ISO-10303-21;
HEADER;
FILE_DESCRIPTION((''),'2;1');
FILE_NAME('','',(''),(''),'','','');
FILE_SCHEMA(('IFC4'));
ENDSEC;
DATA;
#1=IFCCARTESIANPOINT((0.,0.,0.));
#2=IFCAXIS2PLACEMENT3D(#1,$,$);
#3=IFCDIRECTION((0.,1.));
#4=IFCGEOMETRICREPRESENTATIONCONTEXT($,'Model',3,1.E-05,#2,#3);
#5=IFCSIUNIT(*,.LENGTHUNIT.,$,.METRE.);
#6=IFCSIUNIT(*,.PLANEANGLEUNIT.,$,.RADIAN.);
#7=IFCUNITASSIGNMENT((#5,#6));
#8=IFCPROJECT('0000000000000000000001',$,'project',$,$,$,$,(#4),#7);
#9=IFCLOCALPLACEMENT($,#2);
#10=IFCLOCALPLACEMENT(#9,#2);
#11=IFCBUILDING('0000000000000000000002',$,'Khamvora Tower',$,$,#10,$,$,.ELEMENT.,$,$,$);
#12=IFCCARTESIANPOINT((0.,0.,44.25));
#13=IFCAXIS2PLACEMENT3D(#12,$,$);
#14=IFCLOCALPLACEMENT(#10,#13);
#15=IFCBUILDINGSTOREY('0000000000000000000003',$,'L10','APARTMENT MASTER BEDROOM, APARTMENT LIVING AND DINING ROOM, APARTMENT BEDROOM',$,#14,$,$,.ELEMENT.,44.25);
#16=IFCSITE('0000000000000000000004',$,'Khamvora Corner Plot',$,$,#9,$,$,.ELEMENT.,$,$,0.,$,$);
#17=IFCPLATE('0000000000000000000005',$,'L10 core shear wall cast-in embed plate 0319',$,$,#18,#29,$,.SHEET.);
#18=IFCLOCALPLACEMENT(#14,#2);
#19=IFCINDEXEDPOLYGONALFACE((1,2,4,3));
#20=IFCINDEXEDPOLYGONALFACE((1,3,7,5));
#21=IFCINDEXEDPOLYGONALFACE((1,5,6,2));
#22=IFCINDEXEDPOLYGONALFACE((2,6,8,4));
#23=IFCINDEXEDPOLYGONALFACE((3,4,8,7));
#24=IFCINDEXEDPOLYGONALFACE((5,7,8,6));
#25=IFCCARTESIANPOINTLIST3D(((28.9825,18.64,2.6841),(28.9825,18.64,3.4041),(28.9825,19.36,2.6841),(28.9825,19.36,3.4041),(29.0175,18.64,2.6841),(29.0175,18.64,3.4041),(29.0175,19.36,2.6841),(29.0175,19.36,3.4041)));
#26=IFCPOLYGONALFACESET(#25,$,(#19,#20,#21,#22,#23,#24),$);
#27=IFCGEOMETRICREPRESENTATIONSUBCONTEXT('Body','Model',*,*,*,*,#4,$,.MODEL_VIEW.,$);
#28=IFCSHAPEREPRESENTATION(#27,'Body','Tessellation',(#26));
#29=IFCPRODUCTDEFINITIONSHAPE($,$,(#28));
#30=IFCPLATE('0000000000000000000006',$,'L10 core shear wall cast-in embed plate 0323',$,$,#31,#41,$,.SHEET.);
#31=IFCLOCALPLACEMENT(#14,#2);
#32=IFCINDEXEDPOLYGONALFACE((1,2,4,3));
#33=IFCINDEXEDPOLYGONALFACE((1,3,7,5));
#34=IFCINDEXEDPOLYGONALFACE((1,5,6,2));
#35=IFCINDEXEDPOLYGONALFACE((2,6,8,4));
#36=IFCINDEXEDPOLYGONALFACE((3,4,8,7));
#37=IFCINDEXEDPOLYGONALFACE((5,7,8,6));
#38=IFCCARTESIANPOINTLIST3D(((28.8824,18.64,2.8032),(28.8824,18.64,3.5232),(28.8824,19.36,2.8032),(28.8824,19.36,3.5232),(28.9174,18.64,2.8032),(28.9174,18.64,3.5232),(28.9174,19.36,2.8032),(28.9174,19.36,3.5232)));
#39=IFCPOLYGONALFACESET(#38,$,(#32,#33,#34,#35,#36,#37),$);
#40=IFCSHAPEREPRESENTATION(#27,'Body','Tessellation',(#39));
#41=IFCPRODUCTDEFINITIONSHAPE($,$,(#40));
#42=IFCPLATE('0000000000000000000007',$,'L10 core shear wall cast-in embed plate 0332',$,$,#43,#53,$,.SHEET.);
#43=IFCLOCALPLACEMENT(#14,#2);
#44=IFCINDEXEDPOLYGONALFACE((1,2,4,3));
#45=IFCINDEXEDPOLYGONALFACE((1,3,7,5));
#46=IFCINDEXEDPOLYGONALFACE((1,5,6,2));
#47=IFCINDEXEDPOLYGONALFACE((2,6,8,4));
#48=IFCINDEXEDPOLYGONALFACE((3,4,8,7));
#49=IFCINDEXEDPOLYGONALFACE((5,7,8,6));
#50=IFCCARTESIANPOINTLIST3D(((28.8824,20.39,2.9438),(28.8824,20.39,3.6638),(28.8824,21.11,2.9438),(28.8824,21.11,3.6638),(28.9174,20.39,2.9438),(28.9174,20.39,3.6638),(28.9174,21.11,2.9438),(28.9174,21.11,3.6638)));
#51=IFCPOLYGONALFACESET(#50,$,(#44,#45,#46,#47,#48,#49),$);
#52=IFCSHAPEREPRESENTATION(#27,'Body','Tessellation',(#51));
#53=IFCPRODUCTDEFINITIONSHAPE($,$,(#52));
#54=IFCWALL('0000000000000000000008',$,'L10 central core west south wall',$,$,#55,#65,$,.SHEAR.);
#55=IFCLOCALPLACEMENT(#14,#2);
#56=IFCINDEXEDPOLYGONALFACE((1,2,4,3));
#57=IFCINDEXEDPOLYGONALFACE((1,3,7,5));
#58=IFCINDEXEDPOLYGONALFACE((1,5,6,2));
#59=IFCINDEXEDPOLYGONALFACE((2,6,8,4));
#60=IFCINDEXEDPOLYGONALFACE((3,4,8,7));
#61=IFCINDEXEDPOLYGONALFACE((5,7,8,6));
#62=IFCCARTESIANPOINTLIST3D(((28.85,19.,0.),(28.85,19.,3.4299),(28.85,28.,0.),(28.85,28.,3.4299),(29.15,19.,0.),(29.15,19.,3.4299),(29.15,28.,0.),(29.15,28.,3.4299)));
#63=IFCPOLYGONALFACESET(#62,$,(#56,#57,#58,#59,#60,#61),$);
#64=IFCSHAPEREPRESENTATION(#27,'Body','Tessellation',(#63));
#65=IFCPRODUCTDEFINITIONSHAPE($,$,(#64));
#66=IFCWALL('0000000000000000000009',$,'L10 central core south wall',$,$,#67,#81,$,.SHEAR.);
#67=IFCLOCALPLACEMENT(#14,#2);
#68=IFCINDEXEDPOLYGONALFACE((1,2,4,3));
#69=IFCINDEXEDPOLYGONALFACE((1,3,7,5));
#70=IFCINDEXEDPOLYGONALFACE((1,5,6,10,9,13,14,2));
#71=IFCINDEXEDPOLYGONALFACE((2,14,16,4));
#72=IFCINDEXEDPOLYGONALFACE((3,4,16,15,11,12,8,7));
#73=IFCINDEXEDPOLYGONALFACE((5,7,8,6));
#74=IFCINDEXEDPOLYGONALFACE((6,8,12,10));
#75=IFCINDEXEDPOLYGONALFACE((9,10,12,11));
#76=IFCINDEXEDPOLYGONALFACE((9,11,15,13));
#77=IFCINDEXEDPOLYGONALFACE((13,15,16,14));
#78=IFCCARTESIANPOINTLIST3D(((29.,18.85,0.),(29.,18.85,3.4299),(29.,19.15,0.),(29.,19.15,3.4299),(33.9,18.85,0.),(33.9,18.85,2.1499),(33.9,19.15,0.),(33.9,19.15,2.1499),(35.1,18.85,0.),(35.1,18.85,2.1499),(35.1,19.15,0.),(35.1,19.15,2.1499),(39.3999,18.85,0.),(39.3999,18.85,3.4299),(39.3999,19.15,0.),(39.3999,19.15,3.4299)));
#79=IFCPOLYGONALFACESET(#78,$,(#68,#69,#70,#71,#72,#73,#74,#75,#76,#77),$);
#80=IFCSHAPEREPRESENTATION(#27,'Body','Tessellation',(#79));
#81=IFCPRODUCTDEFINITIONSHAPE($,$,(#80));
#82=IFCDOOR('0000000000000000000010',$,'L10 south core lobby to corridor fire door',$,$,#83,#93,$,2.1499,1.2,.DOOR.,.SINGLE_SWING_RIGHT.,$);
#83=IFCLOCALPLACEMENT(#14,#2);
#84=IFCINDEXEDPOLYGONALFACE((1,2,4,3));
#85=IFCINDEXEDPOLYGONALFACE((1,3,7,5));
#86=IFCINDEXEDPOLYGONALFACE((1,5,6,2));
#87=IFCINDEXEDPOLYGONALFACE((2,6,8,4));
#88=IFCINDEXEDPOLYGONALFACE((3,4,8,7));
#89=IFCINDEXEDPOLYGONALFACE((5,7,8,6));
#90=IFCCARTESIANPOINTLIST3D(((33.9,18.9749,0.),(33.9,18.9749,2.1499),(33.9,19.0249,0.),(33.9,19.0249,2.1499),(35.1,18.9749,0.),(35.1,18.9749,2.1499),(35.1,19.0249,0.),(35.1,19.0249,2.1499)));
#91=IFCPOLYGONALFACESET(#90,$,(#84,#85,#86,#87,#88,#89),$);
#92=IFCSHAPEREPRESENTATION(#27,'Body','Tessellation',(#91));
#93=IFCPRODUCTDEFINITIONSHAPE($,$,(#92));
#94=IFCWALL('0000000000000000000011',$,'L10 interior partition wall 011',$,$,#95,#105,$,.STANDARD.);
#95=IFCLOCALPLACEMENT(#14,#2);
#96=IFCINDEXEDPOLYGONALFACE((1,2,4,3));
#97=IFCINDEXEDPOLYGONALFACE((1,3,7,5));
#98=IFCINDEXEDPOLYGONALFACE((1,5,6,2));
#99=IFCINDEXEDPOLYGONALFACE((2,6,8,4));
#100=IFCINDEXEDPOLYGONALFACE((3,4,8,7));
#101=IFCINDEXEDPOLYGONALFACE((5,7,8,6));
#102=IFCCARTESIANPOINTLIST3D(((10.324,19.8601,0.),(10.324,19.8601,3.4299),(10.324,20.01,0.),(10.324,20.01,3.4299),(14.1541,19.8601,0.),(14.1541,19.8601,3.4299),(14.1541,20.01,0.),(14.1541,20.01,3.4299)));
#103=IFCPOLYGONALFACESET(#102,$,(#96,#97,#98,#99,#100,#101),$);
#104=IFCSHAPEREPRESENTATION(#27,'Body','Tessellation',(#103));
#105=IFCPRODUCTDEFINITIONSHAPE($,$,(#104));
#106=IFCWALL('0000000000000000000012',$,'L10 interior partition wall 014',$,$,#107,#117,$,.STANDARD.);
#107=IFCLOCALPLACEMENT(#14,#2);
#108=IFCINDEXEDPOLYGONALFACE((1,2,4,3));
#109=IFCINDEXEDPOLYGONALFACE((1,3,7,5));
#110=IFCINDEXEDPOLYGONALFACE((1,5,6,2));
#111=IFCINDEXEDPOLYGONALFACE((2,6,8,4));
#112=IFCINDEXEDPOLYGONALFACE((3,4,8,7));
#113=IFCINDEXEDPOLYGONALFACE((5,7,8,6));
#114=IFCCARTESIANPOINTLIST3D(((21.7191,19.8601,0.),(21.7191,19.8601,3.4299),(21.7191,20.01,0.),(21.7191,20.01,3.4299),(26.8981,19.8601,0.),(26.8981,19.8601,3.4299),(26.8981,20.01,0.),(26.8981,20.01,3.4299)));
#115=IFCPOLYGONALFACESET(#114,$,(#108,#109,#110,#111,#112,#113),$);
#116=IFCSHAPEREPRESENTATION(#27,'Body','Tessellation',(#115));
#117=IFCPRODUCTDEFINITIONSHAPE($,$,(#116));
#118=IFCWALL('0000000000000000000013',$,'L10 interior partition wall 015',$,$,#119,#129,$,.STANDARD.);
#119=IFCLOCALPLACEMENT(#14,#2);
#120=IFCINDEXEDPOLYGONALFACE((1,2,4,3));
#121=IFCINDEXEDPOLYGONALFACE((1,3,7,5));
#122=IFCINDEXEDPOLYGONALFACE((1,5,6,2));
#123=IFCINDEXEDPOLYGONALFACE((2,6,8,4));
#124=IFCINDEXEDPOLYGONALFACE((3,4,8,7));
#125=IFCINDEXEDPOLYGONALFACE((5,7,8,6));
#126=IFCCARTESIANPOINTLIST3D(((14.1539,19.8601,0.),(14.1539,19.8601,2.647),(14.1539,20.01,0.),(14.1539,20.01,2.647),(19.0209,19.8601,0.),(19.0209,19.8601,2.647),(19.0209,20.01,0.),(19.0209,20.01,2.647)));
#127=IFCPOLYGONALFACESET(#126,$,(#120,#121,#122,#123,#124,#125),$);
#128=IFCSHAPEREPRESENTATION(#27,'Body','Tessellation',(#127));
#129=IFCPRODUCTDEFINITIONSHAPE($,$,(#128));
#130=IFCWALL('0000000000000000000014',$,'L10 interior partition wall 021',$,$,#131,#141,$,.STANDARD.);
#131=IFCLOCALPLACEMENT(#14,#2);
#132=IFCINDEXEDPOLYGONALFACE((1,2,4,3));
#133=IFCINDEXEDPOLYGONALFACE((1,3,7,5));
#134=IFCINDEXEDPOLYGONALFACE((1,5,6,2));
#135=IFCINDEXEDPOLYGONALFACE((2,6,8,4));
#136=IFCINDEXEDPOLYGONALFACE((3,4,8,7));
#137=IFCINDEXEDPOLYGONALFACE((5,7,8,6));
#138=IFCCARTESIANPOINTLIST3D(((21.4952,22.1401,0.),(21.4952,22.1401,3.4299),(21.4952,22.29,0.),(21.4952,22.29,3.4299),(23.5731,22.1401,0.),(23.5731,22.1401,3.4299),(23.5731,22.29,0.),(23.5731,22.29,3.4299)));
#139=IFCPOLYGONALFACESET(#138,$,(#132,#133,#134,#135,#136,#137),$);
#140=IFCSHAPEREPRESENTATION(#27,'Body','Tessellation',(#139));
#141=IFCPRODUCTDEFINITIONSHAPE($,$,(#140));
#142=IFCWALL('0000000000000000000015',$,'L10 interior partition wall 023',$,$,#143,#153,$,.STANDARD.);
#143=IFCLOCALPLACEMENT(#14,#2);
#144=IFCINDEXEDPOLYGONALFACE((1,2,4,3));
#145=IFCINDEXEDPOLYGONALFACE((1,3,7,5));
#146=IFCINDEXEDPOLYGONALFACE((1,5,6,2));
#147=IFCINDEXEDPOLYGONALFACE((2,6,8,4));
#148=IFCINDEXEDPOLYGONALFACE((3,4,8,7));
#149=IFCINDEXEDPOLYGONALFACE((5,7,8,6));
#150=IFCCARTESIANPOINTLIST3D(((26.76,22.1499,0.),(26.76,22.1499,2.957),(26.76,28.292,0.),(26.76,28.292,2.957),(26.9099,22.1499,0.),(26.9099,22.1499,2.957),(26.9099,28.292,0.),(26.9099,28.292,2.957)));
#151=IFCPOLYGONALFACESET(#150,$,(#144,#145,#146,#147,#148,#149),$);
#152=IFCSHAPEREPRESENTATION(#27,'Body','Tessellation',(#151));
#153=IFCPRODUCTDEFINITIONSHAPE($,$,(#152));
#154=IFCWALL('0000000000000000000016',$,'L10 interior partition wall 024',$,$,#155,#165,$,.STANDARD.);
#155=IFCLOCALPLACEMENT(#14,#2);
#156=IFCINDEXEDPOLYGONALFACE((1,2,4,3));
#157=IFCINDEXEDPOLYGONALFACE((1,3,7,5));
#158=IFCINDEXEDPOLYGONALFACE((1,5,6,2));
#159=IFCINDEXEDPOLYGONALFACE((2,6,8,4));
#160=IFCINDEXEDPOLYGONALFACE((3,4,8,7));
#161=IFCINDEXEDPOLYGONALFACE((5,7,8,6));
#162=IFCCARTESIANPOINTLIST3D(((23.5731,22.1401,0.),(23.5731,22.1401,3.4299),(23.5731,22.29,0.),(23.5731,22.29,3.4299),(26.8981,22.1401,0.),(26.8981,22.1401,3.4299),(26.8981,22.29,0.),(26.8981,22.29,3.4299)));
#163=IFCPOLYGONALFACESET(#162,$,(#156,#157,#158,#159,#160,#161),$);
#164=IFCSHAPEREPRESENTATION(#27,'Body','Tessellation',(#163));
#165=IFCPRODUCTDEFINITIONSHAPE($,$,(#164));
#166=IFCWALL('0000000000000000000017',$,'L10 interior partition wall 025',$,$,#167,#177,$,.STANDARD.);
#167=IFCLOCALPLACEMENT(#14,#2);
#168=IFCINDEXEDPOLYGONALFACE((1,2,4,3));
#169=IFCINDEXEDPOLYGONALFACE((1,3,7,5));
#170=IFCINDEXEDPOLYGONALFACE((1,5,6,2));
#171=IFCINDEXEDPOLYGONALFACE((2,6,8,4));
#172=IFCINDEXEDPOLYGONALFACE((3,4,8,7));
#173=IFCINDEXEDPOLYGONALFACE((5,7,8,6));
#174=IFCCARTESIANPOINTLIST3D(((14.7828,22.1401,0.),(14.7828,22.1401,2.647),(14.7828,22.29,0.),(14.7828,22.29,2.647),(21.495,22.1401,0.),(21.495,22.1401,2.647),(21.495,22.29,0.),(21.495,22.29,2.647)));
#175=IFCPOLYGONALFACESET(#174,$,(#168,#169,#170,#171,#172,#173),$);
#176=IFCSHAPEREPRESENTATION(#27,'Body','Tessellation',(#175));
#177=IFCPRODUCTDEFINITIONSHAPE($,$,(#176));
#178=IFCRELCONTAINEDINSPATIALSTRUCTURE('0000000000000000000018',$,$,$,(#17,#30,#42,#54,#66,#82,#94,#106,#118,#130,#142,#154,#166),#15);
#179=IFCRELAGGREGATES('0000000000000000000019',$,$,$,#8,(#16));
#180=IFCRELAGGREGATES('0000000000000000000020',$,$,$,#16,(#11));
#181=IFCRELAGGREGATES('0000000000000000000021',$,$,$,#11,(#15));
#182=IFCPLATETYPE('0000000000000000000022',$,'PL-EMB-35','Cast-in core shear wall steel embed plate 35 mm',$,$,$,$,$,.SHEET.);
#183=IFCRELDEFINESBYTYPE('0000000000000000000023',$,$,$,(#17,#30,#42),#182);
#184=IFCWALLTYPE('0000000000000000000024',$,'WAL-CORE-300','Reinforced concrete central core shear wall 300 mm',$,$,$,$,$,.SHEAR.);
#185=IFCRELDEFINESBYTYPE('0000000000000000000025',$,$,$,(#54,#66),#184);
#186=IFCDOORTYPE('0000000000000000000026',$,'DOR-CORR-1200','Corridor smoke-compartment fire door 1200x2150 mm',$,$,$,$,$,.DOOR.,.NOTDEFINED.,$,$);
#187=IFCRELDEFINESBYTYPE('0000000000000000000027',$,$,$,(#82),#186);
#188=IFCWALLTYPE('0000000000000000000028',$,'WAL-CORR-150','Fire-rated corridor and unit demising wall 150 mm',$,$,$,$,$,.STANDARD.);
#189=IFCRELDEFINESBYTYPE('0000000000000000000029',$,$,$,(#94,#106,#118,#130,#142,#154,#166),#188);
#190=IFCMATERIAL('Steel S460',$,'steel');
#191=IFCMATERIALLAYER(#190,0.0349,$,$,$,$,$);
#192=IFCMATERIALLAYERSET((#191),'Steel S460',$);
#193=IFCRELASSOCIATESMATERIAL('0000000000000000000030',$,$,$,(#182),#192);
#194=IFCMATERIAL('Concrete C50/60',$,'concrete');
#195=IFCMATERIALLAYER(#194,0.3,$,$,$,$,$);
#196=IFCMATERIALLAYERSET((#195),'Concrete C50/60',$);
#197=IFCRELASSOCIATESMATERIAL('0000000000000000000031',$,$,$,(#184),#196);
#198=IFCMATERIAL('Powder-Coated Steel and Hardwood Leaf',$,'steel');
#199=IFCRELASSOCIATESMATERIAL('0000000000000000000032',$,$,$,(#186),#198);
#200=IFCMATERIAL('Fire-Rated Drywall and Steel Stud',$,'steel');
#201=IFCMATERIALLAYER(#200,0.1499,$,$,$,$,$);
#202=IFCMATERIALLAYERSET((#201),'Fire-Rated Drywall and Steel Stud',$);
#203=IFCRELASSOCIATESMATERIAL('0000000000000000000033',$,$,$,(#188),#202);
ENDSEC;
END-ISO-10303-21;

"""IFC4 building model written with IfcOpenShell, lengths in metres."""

from ifc_helpers import new_model, si_unit, direction, frame, frame_2d, origin, origin_2d, place, context, subcontext, project, spatial, rectangle, extrude, material, layer, layer_set, type_object, element, fill, save


model = new_model("IFC4")

# Units and contexts
model_context = context("Model", 3, precision=1e-05, world=origin(), true_north=direction((0.0, 1.0)))
body_context = subcontext(model_context, "Body", "Model", "MODEL_VIEW")
ifc_project = project(units=[si_unit("LENGTHUNIT", "METRE"), si_unit("PLANEANGLEUNIT", "RADIAN")], contexts=[model_context])

# Site, building, storey
site_placement = place(None, origin())
site = spatial("IfcSite", under=ifc_project, at=site_placement, Name="Khamvora Corner Plot", CompositionType="ELEMENT", RefElevation=0.0)
building_placement = place(site_placement, origin())
building = spatial("IfcBuilding", under=site, at=building_placement, Name="Khamvora Tower", CompositionType="ELEMENT")
storey_placement = place(building_placement, frame((0.0, 0.0, 44.25)))
storey = spatial("IfcBuildingStorey", under=building, at=storey_placement, Name="L10", Description="APARTMENT MASTER BEDROOM, APARTMENT LIVING AND DINING ROOM, APARTMENT BEDROOM", CompositionType="ELEMENT", Elevation=44.25)

# Shared definitions
ifc_material_1 = material(Name="Steel S460", Category="steel")

# Plates
ifc_layer_1 = layer(ifc_material_1, 0.0349)
ifc_layer_set_1 = layer_set([ifc_layer_1], Name="Steel S460")
plate_type = type_object("IfcPlateType", Name="PL-EMB-35", Description="Cast-in core shear wall steel embed plate 35 mm", PredefinedType="SHEET", material=ifc_layer_set_1)
for number, where, z_axis, x_axis, name in (
    (1, (29.0, 19.0, 2.6841), (0.0, 0.0, 1.0), (1.0, 0.0, 0.0), "L10 core shear wall cast-in embed plate 0319"),
    (2, (28.8999, 19.0, 2.8032), (0.0, 0.0, 1.0), (1.0, 0.0, 0.0), "L10 core shear wall cast-in embed plate 0323"),
    (3, (28.8999, 20.75, 2.9438), (0.0, 0.0, 1.0), (1.0, 0.0, 0.0), "L10 core shear wall cast-in embed plate 0332"),
):
    element("IfcPlate", number, at=place(storey_placement, frame(where, z_axis=z_axis, x_axis=x_axis)), inside=storey, type_object=plate_type, Name=name, PredefinedType="SHEET", context=body_context, shape_type="SweptSolid", body=[
        extrude(rectangle(XDim=0.0349, YDim=0.72, at=origin_2d()), origin(), (0.0, 0.0, 1.0), 0.72),
    ])

# Wall
ifc_material_2 = material(Name="Concrete C50/60", Category="concrete")
ifc_layer_2 = layer(ifc_material_2, 0.3)
ifc_layer_set_2 = layer_set([ifc_layer_2], Name="Concrete C50/60")
wall_type_1 = type_object("IfcWallType", Name="WAL-CORE-300", Description="Reinforced concrete central core shear wall 300 mm", PredefinedType="SHEAR", material=ifc_layer_set_2)
wall_1_placement = place(storey_placement, frame((29.0, 19.0, 0.0), z_axis=(0.0, 0.0, 1.0), x_axis=(0.0, 1.0, 0.0)))
element("IfcWall", 4, at=wall_1_placement, inside=storey, type_object=wall_type_1, Name="L10 central core west south wall", PredefinedType="SHEAR", context=body_context, shape_type="SweptSolid", body=[
    extrude(rectangle(XDim=9.0, YDim=0.3, at=frame_2d((4.5, 0.0))), origin(), (0.0, 0.0, 1.0), 3.4299),
])

# Wall, opening, door
wall_2_placement = place(storey_placement, frame((29.0, 19.0, 0.0), z_axis=(0.0, 0.0, 1.0), x_axis=(1.0, 0.0, 0.0)))
wall_2 = element("IfcWall", 5, at=wall_2_placement, inside=storey, type_object=wall_type_1, Name="L10 central core south wall", PredefinedType="SHEAR", context=body_context, shape_type="SweptSolid", body=[
    extrude(rectangle(XDim=10.3999, YDim=0.3, at=frame_2d((5.2, 0.0))), origin(), (0.0, 0.0, 1.0), 3.4299),
])
opening_1_placement = place(wall_2_placement, frame((4.8999, 0.0, 0.0)))
opening_1 = element("IfcOpeningElement", 6, at=opening_1_placement, cuts=wall_2, PredefinedType="OPENING", context=body_context, shape_type="SweptSolid", body=[
    extrude(rectangle(XDim=1.2, YDim=2.1499, at=frame_2d((0.6001, 1.075))), frame((0.0, 0.1599, 0.0), z_axis=(0.0, -1.0, 0.0), x_axis=(1.0, 0.0, 0.0)), (0.0, 0.0, 1.0), 0.3201),
])
ifc_material_3 = material(Name="Powder-Coated Steel and Hardwood Leaf", Category="steel")
door_type_1 = type_object("IfcDoorType", Name="DOR-CORR-1200", Description="Corridor smoke-compartment fire door 1200x2150 mm", OperationType="NOTDEFINED", PredefinedType="DOOR", material=ifc_material_3)
door_1_placement = place(opening_1_placement, origin())
door_1 = element("IfcDoor", 7, at=door_1_placement, inside=storey, type_object=door_type_1, Name="L10 south core lobby to corridor fire door", OperationType="SINGLE_SWING_RIGHT", OverallHeight=2.1499, OverallWidth=1.2, PredefinedType="DOOR", context=body_context, shape_type="SweptSolid", body=[
    extrude(rectangle(XDim=1.2, YDim=2.1499, at=frame_2d((0.6001, 1.075))), frame((0.0, 0.0249, 0.0), z_axis=(0.0, -1.0, 0.0), x_axis=(1.0, 0.0, 0.0)), (0.0, 0.0, 1.0), 0.05),
])
fill(opening_1, door_1)

# Wall
ifc_material_4 = material(Name="Fire-Rated Drywall and Steel Stud", Category="steel")
ifc_layer_3 = layer(ifc_material_4, 0.1499)
ifc_layer_set_3 = layer_set([ifc_layer_3], Name="Fire-Rated Drywall and Steel Stud")
wall_type_2 = type_object("IfcWallType", Name="WAL-CORR-150", Description="Fire-rated corridor and unit demising wall 150 mm", PredefinedType="STANDARD", material=ifc_layer_set_3)
wall_3_placement = place(storey_placement, frame((14.1541, 19.9351, 0.0), z_axis=(0.0, 0.0, 1.0), x_axis=(-1.0, 0.0, 0.0)))
element("IfcWall", 8, at=wall_3_placement, inside=storey, type_object=wall_type_2, Name="L10 interior partition wall 011", PredefinedType="STANDARD", context=body_context, shape_type="SweptSolid", body=[
    extrude(rectangle(XDim=3.8301, YDim=0.1499, at=frame_2d((1.915, 0.0))), origin(), (0.0, 0.0, 1.0), 3.4299),
])

# Walls
wall_4_placement = place(storey_placement, frame((26.8979, 19.9351, 0.0), z_axis=(0.0, 0.0, 1.0), x_axis=(-1.0, 0.0, 0.0)))
element("IfcWall", 9, at=wall_4_placement, inside=storey, type_object=wall_type_2, Name="L10 interior partition wall 014", PredefinedType="STANDARD", context=body_context, shape_type="SweptSolid", body=[
    extrude(rectangle(XDim=5.179, YDim=0.1499, at=frame_2d((2.5894, 0.0))), origin(), (0.0, 0.0, 1.0), 3.4299),
])
wall_5_placement = place(storey_placement, frame((19.021, 19.9351, 0.0), z_axis=(0.0, 0.0, 1.0), x_axis=(-1.0, 0.0, 0.0)))
element("IfcWall", 10, at=wall_5_placement, inside=storey, type_object=wall_type_2, Name="L10 interior partition wall 015", PredefinedType="STANDARD", context=body_context, shape_type="SweptSolid", body=[
    extrude(rectangle(XDim=4.8669, YDim=0.1499, at=frame_2d((2.4336, 0.0))), origin(), (0.0, 0.0, 1.0), 2.647),
])
wall_6_placement = place(storey_placement, frame((21.4951, 22.2151, 0.0), z_axis=(0.0, 0.0, 1.0), x_axis=(1.0, 0.0, 0.0)))
element("IfcWall", 11, at=wall_6_placement, inside=storey, type_object=wall_type_2, Name="L10 interior partition wall 021", PredefinedType="STANDARD", context=body_context, shape_type="SweptSolid", body=[
    extrude(rectangle(XDim=2.0779, YDim=0.1499, at=frame_2d((1.0391, 0.0))), origin(), (0.0, 0.0, 1.0), 3.4299),
])
wall_7_placement = place(storey_placement, frame((26.835, 22.1499, 0.0), z_axis=(0.0, 0.0, 1.0), x_axis=(0.0, 1.0, 0.0)))
element("IfcWall", 12, at=wall_7_placement, inside=storey, type_object=wall_type_2, Name="L10 interior partition wall 023", PredefinedType="STANDARD", context=body_context, shape_type="SweptSolid", body=[
    extrude(rectangle(XDim=6.1421, YDim=0.1499, at=frame_2d((3.071, 0.0))), origin(), (0.0, 0.0, 1.0), 2.957),
])
wall_8_placement = place(storey_placement, frame((23.573, 22.2151, 0.0), z_axis=(0.0, 0.0, 1.0), x_axis=(1.0, 0.0, 0.0)))
element("IfcWall", 13, at=wall_8_placement, inside=storey, type_object=wall_type_2, Name="L10 interior partition wall 024", PredefinedType="STANDARD", context=body_context, shape_type="SweptSolid", body=[
    extrude(rectangle(XDim=3.325, YDim=0.1499, at=frame_2d((1.6626, 0.0))), origin(), (0.0, 0.0, 1.0), 3.4299),
])
wall_9_placement = place(storey_placement, frame((14.783, 22.2151, 0.0), z_axis=(0.0, 0.0, 1.0), x_axis=(1.0, 0.0, 0.0)))
element("IfcWall", 14, at=wall_9_placement, inside=storey, type_object=wall_type_2, Name="L10 interior partition wall 025", PredefinedType="STANDARD", context=body_context, shape_type="SweptSolid", body=[
    extrude(rectangle(XDim=6.7122, YDim=0.1499, at=frame_2d((3.356, 0.0))), origin(), (0.0, 0.0, 1.0), 2.647),
])

save(model, "model.ifc")
